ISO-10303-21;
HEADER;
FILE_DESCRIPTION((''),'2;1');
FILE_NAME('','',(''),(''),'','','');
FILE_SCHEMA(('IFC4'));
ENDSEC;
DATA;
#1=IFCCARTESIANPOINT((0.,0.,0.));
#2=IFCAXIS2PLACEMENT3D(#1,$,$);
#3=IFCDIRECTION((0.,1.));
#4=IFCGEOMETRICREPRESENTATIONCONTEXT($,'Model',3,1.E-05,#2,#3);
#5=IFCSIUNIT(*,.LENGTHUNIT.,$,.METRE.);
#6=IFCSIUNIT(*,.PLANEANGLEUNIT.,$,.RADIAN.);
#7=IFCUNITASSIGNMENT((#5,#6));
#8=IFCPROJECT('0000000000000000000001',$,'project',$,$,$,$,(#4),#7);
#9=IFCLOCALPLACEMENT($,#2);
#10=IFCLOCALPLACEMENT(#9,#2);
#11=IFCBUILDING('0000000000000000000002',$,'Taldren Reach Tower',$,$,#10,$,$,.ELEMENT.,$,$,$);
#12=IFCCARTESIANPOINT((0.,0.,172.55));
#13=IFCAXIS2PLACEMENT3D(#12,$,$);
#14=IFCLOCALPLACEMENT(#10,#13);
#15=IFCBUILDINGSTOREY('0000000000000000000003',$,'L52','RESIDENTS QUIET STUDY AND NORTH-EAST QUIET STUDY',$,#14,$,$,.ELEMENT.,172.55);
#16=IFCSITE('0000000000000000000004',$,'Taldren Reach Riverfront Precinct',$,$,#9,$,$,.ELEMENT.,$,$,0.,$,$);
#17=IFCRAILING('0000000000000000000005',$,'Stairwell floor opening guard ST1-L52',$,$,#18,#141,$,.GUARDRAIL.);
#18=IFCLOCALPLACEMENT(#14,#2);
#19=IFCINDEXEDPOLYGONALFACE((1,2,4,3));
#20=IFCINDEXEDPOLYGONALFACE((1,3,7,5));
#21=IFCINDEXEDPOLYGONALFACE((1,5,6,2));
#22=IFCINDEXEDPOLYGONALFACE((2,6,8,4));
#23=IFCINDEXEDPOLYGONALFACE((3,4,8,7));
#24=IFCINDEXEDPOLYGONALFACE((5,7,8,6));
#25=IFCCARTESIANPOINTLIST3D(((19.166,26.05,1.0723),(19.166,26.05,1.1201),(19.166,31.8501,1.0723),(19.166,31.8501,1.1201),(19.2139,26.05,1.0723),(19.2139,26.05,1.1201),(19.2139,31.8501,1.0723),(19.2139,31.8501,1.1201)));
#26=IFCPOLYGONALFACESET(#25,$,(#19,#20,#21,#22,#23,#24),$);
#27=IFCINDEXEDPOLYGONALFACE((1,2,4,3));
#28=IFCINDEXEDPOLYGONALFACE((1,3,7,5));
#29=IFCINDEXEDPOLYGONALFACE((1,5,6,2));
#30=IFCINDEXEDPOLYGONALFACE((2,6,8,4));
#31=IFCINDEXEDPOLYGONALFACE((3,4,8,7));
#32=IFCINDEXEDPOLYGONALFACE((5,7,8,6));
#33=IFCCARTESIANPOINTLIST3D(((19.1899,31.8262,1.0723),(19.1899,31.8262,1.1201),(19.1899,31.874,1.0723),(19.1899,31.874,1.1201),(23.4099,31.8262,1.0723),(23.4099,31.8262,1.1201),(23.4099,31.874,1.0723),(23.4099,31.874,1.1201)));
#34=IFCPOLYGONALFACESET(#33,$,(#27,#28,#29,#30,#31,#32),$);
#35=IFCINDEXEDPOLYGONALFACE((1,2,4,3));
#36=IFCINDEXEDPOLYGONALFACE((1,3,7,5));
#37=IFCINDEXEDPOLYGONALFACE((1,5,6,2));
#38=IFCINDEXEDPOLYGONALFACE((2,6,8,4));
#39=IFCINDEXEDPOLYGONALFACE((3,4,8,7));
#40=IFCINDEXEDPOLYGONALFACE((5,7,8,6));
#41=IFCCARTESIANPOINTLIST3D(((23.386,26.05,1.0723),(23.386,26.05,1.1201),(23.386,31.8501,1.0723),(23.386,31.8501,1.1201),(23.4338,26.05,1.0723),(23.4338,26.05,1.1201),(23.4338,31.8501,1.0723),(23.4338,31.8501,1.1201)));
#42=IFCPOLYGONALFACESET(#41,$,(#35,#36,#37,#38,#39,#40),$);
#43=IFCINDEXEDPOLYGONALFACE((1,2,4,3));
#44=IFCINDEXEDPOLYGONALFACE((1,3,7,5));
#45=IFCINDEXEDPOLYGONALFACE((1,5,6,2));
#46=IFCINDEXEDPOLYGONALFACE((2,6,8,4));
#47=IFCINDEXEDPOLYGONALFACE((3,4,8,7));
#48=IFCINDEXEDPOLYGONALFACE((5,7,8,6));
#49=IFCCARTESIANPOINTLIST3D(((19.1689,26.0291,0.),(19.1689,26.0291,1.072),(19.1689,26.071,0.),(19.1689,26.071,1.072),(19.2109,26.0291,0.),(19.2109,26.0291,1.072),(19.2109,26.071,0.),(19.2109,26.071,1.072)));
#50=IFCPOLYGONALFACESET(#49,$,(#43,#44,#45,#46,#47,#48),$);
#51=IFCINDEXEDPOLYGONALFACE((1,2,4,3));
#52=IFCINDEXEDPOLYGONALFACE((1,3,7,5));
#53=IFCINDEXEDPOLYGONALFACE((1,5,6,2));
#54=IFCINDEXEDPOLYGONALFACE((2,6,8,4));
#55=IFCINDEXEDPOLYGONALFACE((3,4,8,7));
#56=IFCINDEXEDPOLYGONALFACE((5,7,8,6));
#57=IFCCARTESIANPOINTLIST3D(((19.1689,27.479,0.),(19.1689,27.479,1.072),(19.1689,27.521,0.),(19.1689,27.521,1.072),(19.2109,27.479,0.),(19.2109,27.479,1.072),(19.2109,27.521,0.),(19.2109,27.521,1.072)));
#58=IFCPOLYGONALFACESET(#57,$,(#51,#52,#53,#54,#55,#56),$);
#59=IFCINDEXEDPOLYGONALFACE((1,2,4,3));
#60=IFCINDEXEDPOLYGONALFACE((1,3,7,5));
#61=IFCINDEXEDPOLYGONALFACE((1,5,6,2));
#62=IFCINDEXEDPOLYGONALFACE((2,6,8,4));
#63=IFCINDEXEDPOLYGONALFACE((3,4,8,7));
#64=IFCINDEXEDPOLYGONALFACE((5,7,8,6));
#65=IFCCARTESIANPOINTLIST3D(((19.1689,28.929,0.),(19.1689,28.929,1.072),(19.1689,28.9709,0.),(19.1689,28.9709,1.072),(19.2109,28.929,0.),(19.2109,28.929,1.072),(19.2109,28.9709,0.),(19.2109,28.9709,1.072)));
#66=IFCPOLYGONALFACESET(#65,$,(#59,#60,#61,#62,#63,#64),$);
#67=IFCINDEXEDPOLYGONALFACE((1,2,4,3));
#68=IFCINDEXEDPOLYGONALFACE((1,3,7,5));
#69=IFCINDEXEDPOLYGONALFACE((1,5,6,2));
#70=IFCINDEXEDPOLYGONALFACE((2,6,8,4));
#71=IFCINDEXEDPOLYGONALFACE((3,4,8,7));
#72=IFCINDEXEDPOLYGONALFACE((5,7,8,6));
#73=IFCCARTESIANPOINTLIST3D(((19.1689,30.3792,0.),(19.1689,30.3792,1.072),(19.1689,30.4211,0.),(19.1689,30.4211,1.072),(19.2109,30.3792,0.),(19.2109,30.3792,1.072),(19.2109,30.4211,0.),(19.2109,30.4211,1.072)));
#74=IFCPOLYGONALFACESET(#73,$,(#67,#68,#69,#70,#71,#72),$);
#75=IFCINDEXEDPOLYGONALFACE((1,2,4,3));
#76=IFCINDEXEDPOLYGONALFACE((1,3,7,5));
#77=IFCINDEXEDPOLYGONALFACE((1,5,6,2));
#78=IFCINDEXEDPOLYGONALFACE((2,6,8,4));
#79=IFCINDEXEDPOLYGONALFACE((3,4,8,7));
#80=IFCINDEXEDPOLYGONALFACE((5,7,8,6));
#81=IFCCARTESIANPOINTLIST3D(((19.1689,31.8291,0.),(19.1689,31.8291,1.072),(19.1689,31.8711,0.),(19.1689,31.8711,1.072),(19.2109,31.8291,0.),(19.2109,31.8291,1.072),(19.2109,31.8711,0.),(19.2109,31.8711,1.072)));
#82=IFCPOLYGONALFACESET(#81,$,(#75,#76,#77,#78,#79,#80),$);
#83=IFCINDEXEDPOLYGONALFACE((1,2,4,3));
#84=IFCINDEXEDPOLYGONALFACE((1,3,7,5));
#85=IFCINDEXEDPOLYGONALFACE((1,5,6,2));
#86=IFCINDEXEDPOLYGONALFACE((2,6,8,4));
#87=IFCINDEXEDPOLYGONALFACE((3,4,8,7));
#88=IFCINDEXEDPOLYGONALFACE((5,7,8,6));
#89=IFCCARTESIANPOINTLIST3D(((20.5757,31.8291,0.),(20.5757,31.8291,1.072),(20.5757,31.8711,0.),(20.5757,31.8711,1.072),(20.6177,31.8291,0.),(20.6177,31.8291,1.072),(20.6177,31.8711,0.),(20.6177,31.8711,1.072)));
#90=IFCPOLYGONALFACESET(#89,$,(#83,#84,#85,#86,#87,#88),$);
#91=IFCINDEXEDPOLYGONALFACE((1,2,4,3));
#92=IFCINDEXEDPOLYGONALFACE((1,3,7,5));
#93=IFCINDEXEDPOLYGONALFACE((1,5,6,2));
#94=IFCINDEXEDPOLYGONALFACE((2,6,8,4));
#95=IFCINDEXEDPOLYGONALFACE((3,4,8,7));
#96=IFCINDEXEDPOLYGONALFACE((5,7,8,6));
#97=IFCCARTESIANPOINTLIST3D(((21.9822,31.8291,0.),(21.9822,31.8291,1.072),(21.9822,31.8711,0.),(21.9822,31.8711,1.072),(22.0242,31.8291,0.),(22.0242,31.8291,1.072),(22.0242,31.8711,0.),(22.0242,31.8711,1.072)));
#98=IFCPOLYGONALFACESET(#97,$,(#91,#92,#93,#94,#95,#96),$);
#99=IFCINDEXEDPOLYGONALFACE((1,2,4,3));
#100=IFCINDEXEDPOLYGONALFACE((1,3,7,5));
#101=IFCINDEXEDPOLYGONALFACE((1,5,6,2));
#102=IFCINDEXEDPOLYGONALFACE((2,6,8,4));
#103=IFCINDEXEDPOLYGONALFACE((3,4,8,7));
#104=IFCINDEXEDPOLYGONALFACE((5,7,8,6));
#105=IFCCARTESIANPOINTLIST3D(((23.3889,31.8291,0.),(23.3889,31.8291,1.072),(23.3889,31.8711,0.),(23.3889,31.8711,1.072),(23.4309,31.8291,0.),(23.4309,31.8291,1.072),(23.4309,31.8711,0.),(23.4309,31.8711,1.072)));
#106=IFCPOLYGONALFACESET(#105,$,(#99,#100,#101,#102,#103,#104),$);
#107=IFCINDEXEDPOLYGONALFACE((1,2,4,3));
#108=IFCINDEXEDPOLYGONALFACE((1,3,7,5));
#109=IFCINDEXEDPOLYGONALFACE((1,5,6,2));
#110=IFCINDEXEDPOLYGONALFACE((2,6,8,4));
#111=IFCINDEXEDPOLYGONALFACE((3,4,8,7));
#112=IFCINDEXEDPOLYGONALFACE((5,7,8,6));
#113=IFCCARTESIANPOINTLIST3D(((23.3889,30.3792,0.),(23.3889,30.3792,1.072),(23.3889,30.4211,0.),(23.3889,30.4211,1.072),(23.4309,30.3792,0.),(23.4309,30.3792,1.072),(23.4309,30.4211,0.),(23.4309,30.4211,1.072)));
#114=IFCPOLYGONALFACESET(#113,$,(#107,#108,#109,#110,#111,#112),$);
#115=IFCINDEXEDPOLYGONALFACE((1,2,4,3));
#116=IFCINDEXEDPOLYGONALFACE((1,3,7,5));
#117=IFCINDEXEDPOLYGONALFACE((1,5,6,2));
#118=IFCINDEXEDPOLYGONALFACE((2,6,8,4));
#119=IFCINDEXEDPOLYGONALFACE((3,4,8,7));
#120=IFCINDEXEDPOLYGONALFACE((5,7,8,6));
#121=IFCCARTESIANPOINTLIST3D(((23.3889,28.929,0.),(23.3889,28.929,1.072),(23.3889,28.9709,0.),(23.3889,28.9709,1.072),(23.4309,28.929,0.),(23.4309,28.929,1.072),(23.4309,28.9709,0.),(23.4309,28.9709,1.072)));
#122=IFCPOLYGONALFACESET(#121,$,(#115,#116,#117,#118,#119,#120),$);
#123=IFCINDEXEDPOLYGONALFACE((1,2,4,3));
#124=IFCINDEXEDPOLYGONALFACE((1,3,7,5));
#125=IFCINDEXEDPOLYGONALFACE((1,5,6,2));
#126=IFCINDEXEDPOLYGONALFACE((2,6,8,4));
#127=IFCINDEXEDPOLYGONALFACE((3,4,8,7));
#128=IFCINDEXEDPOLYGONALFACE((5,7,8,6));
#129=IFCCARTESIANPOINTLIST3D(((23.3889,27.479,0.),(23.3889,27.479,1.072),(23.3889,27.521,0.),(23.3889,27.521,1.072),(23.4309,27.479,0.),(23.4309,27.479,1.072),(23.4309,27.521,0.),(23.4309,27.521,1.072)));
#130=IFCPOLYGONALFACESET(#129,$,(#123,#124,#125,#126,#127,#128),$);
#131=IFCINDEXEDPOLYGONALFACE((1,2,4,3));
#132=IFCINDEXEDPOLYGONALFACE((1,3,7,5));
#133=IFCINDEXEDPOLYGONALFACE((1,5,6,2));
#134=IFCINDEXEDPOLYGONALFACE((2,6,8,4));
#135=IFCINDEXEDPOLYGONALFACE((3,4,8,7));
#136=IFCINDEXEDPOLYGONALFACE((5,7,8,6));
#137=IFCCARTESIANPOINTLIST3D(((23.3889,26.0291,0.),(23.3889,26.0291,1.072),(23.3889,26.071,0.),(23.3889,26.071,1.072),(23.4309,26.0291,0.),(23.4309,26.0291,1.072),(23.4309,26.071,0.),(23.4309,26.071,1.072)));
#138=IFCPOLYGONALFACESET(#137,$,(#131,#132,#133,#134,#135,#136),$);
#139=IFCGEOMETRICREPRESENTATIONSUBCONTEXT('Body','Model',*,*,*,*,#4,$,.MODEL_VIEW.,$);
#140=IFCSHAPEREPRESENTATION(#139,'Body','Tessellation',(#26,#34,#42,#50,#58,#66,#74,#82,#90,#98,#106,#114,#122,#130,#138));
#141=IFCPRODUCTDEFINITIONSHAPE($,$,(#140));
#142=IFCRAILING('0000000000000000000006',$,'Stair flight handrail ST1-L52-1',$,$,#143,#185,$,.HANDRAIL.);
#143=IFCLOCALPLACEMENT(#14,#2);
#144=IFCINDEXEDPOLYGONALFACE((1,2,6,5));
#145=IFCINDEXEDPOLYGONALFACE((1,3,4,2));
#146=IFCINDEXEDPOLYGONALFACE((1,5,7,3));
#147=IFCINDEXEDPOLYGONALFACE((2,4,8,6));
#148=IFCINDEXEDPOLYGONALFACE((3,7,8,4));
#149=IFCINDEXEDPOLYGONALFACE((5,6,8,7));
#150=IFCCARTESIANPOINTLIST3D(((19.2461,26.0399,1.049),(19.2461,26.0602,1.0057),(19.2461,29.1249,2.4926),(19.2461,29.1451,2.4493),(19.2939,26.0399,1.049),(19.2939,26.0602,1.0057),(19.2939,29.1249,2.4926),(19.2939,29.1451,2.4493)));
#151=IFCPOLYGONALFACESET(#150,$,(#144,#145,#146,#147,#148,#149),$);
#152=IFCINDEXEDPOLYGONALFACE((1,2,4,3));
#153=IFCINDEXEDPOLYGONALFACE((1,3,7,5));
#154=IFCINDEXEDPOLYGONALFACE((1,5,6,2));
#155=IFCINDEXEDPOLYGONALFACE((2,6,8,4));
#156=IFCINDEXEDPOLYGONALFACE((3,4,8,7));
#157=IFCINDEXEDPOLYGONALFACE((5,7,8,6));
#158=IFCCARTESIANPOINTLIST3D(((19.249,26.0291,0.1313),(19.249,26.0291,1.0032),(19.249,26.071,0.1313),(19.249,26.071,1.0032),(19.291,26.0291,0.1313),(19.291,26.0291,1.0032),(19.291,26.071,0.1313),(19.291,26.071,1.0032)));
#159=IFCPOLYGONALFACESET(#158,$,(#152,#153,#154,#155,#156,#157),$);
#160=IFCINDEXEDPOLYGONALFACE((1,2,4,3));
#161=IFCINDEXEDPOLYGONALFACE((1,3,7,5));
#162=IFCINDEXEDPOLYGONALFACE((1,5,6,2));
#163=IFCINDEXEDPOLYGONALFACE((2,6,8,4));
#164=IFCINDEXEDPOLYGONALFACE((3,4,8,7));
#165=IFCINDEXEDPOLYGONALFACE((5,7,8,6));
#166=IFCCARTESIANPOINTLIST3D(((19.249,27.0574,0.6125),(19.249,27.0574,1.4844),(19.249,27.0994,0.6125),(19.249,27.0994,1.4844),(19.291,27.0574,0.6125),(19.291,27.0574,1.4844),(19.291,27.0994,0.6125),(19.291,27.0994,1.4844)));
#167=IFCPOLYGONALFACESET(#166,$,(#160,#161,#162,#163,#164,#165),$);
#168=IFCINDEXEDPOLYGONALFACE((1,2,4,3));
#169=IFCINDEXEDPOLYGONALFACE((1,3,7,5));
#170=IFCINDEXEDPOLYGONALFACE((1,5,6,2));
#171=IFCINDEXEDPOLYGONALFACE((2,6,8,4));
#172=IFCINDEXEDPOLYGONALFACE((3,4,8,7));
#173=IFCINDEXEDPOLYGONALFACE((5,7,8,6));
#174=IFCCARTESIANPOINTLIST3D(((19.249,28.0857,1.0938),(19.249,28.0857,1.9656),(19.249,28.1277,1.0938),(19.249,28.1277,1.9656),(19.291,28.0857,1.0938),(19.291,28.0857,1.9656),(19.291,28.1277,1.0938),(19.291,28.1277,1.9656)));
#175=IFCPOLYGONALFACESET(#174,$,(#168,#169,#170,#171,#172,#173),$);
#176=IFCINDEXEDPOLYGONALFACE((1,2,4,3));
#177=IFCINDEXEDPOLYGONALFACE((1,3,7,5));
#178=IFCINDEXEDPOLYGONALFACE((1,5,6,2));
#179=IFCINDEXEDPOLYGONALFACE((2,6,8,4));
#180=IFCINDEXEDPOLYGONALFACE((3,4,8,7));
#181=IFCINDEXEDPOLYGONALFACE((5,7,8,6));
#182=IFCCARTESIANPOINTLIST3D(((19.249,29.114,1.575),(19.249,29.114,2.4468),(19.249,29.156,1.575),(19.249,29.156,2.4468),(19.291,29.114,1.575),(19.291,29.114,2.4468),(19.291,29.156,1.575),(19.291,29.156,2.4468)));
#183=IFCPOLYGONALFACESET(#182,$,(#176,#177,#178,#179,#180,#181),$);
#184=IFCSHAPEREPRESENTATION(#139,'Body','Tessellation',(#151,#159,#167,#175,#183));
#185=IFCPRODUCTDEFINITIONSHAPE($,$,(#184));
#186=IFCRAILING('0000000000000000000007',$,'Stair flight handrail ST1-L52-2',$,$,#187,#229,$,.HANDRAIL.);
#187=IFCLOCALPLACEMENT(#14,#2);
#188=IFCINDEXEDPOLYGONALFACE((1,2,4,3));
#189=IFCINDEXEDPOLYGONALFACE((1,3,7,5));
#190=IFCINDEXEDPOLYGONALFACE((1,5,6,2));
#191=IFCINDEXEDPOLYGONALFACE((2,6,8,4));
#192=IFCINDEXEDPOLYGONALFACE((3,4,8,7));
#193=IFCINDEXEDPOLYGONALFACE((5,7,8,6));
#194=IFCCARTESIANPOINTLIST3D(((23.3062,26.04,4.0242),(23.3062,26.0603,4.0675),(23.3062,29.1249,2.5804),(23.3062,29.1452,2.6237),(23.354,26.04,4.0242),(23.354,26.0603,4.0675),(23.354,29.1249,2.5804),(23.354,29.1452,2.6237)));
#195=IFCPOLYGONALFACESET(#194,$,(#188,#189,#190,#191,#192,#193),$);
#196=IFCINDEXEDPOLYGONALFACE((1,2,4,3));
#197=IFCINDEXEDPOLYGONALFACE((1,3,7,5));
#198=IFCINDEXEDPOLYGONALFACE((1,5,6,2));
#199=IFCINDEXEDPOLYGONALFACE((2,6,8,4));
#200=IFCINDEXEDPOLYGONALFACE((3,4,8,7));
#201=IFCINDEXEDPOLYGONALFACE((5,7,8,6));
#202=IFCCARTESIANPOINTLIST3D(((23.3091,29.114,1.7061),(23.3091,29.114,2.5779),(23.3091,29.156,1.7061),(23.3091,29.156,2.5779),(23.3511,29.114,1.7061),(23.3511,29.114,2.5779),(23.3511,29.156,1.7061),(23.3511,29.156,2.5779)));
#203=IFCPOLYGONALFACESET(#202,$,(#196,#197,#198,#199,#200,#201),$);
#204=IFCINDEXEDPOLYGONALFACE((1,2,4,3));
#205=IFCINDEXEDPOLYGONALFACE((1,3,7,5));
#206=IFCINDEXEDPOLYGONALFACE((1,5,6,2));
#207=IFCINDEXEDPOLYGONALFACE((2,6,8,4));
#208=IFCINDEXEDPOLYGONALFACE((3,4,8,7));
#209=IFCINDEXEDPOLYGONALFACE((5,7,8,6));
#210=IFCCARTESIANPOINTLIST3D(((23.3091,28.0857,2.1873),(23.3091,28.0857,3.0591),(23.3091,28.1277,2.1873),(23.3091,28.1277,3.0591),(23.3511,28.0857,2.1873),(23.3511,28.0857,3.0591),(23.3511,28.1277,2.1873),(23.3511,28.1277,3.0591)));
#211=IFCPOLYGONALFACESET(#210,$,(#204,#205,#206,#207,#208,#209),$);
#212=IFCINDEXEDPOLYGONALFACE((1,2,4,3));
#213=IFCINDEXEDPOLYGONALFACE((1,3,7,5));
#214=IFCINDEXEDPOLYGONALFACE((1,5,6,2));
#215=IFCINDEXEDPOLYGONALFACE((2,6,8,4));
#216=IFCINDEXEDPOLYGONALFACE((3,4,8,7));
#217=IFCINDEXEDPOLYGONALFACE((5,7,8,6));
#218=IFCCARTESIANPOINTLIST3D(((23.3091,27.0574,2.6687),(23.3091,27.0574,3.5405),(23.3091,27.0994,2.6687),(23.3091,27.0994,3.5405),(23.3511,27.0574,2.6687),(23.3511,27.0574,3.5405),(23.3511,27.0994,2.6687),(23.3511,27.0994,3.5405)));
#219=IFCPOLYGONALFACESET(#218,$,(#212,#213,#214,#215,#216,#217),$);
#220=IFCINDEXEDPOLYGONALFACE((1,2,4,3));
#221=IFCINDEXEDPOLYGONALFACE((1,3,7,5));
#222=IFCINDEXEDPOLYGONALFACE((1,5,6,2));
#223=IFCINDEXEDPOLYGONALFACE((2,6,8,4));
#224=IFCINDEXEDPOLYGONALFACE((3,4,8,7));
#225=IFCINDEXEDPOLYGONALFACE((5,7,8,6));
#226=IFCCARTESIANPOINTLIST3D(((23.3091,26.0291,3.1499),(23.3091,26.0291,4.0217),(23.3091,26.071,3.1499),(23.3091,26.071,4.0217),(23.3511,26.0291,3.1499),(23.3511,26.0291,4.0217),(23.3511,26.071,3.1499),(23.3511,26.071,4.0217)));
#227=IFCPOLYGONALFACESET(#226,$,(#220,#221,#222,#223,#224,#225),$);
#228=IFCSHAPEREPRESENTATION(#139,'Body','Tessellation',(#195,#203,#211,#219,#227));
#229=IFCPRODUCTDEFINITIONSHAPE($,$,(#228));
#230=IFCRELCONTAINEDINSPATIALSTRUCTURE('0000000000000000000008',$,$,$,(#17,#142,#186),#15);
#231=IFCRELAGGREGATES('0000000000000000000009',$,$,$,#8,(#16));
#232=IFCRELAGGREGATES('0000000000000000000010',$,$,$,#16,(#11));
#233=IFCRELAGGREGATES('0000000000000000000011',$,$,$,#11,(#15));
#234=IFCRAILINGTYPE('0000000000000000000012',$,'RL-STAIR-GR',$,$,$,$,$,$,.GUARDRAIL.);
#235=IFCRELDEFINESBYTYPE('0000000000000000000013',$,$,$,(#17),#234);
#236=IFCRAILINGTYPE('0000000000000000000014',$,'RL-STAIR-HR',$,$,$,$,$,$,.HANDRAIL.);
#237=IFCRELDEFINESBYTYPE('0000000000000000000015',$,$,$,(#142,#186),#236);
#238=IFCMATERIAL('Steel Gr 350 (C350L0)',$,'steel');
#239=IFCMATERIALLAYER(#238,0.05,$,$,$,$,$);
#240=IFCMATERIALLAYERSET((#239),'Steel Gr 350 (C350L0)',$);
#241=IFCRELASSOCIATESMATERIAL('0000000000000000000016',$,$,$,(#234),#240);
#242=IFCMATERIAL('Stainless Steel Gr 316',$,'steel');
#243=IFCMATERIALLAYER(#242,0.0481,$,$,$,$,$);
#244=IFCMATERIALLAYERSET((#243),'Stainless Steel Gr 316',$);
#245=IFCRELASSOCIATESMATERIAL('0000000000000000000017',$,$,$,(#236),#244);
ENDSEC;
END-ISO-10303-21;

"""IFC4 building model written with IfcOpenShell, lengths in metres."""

from ifc_helpers import new_model, si_unit, direction, frame, origin, origin_2d, place, context, subcontext, project, spatial, rectangle, extrude, material, layer, layer_set, type_object, element, save


model = new_model("IFC4")

# Units and contexts
model_context = context("Model", 3, precision=1e-05, world=origin(), true_north=direction((0.0, 1.0)))
body_context = subcontext(model_context, "Body", "Model", "MODEL_VIEW")
ifc_project = project(units=[si_unit("LENGTHUNIT", "METRE"), si_unit("PLANEANGLEUNIT", "RADIAN")], contexts=[model_context])

# Site, building, storey
site_placement = place(None, origin())
site = spatial("IfcSite", under=ifc_project, at=site_placement, Name="Taldren Reach Riverfront Precinct", CompositionType="ELEMENT", RefElevation=0.0)
building_placement = place(site_placement, origin())
building = spatial("IfcBuilding", under=site, at=building_placement, Name="Taldren Reach Tower", CompositionType="ELEMENT")
storey_placement = place(building_placement, frame((0.0, 0.0, 172.55)))
storey = spatial("IfcBuildingStorey", under=building, at=storey_placement, Name="L52", Description="RESIDENTS QUIET STUDY AND NORTH-EAST QUIET STUDY", CompositionType="ELEMENT", Elevation=172.55)

# Shared definitions
ifc_material_1 = material(Name="Steel Gr 350 (C350L0)", Category="steel")

# Railings
ifc_layer_1 = layer(ifc_material_1, 0.05)
ifc_layer_set_1 = layer_set([ifc_layer_1], Name="Steel Gr 350 (C350L0)")
railing_type_1 = type_object("IfcRailingType", Name="RL-STAIR-GR", PredefinedType="GUARDRAIL", material=ifc_layer_set_1)
railing_1_placement = place(storey_placement, frame((19.1899, 26.05, 0.0)))
element("IfcRailing", 1, at=railing_1_placement, inside=storey, type_object=railing_type_1, Name="Stairwell floor opening guard ST1-L52", PredefinedType="GUARDRAIL", context=body_context, shape_type="SweptSolid", body=[
    extrude(rectangle(XDim=0.0479, YDim=0.0479, at=origin_2d()), frame((0.0, 0.0, 1.0962), z_axis=(0.0, 1.0, 0.0), x_axis=(-1.0, 0.0, 0.0)), (0.0, 0.0, 1.0), 5.8),
    extrude(rectangle(XDim=0.0479, YDim=0.0479, at=origin_2d()), frame((0.0, 5.8, 1.0962), z_axis=(1.0, 0.0, 0.0), x_axis=(0.0, 1.0, 0.0)), (0.0, 0.0, 1.0), 4.22),
    extrude(rectangle(XDim=0.0479, YDim=0.0479, at=origin_2d()), frame((4.22, 5.8, 1.0962), z_axis=(0.0, -1.0, 0.0), x_axis=(1.0, 0.0, 0.0)), (0.0, 0.0, 1.0), 5.8),
    extrude(rectangle(XDim=0.042, YDim=0.042, at=origin_2d()), origin(), (0.0, 0.0, 1.0), 1.072),
    extrude(rectangle(XDim=0.042, YDim=0.042, at=origin_2d()), frame((0.0, 1.45, 0.0)), (0.0, 0.0, 1.0), 1.072),
    extrude(rectangle(XDim=0.042, YDim=0.042, at=origin_2d()), frame((0.0, 2.8999, 0.0)), (0.0, 0.0, 1.0), 1.072),
    extrude(rectangle(XDim=0.042, YDim=0.042, at=origin_2d()), frame((0.0, 4.3501, 0.0)), (0.0, 0.0, 1.0), 1.072),
    extrude(rectangle(XDim=0.042, YDim=0.042, at=origin_2d()), frame((0.0, 5.8, 0.0)), (0.0, 0.0, 1.0), 1.072),
    extrude(rectangle(XDim=0.042, YDim=0.042, at=origin_2d()), frame((1.4067, 5.8, 0.0)), (0.0, 0.0, 1.0), 1.072),
    extrude(rectangle(XDim=0.042, YDim=0.042, at=origin_2d()), frame((2.8132, 5.8, 0.0)), (0.0, 0.0, 1.0), 1.072),
    extrude(rectangle(XDim=0.042, YDim=0.042, at=origin_2d()), frame((4.22, 5.8, 0.0)), (0.0, 0.0, 1.0), 1.072),
    extrude(rectangle(XDim=0.042, YDim=0.042, at=origin_2d()), frame((4.22, 4.3501, 0.0)), (0.0, 0.0, 1.0), 1.072),
    extrude(rectangle(XDim=0.042, YDim=0.042, at=origin_2d()), frame((4.22, 2.8999, 0.0)), (0.0, 0.0, 1.0), 1.072),
    extrude(rectangle(XDim=0.042, YDim=0.042, at=origin_2d()), frame((4.22, 1.45, 0.0)), (0.0, 0.0, 1.0), 1.072),
    extrude(rectangle(XDim=0.042, YDim=0.042, at=origin_2d()), frame((4.22, 0.0, 0.0)), (0.0, 0.0, 1.0), 1.072),
])
ifc_material_2 = material(Name="Stainless Steel Gr 316", Category="steel")
ifc_layer_2 = layer(ifc_material_2, 0.0481)
ifc_layer_set_2 = layer_set([ifc_layer_2], Name="Stainless Steel Gr 316")
railing_type_2 = type_object("IfcRailingType", Name="RL-STAIR-HR", PredefinedType="HANDRAIL", material=ifc_layer_set_2)
railing_2_placement = place(storey_placement, frame((19.27, 26.05, 0.1313)))
element("IfcRailing", 2, at=railing_2_placement, inside=storey, type_object=railing_type_2, Name="Stair flight handrail ST1-L52-1", PredefinedType="HANDRAIL", context=body_context, shape_type="SweptSolid", body=[
    extrude(rectangle(XDim=0.0479, YDim=0.0479, at=origin_2d()), frame((0.0, 0.0, 0.896), z_axis=(0.0, 0.905738, 0.423839), x_axis=(-1.0, 0.0, 0.0)), (0.0, 0.0, 1.0), 3.406),
    extrude(rectangle(XDim=0.042, YDim=0.042, at=origin_2d()), origin(), (0.0, 0.0, 1.0), 0.8718),
    extrude(rectangle(XDim=0.042, YDim=0.042, at=origin_2d()), frame((0.0, 1.0283, 0.4812)), (0.0, 0.0, 1.0), 0.8718),
    extrude(rectangle(XDim=0.042, YDim=0.042, at=origin_2d()), frame((0.0, 2.0566, 0.9624)), (0.0, 0.0, 1.0), 0.8718),
    extrude(rectangle(XDim=0.042, YDim=0.042, at=origin_2d()), frame((0.0, 3.085, 1.4436)), (0.0, 0.0, 1.0), 0.8718),
])
railing_3_placement = place(storey_placement, frame((23.3301, 29.135, 1.7061)))
element("IfcRailing", 3, at=railing_3_placement, inside=storey, type_object=railing_type_2, Name="Stair flight handrail ST1-L52-2", PredefinedType="HANDRAIL", context=body_context, shape_type="SweptSolid", body=[
    extrude(rectangle(XDim=0.0479, YDim=0.0479, at=origin_2d()), frame((0.0, 0.0, 0.896), z_axis=(0.0, -0.90571, 0.423898), x_axis=(1.0, 0.0, 0.0)), (0.0, 0.0, 1.0), 3.406),
    extrude(rectangle(XDim=0.042, YDim=0.042, at=origin_2d()), origin(), (0.0, 0.0, 1.0), 0.8718),
    extrude(rectangle(XDim=0.042, YDim=0.042, at=origin_2d()), frame((0.0, -1.0283, 0.4812)), (0.0, 0.0, 1.0), 0.8718),
    extrude(rectangle(XDim=0.042, YDim=0.042, at=origin_2d()), frame((0.0, -2.0566, 0.9626)), (0.0, 0.0, 1.0), 0.8718),
    extrude(rectangle(XDim=0.042, YDim=0.042, at=origin_2d()), frame((0.0, -3.085, 1.4438)), (0.0, 0.0, 1.0), 0.8718),
])

save(model, "model.ifc")
